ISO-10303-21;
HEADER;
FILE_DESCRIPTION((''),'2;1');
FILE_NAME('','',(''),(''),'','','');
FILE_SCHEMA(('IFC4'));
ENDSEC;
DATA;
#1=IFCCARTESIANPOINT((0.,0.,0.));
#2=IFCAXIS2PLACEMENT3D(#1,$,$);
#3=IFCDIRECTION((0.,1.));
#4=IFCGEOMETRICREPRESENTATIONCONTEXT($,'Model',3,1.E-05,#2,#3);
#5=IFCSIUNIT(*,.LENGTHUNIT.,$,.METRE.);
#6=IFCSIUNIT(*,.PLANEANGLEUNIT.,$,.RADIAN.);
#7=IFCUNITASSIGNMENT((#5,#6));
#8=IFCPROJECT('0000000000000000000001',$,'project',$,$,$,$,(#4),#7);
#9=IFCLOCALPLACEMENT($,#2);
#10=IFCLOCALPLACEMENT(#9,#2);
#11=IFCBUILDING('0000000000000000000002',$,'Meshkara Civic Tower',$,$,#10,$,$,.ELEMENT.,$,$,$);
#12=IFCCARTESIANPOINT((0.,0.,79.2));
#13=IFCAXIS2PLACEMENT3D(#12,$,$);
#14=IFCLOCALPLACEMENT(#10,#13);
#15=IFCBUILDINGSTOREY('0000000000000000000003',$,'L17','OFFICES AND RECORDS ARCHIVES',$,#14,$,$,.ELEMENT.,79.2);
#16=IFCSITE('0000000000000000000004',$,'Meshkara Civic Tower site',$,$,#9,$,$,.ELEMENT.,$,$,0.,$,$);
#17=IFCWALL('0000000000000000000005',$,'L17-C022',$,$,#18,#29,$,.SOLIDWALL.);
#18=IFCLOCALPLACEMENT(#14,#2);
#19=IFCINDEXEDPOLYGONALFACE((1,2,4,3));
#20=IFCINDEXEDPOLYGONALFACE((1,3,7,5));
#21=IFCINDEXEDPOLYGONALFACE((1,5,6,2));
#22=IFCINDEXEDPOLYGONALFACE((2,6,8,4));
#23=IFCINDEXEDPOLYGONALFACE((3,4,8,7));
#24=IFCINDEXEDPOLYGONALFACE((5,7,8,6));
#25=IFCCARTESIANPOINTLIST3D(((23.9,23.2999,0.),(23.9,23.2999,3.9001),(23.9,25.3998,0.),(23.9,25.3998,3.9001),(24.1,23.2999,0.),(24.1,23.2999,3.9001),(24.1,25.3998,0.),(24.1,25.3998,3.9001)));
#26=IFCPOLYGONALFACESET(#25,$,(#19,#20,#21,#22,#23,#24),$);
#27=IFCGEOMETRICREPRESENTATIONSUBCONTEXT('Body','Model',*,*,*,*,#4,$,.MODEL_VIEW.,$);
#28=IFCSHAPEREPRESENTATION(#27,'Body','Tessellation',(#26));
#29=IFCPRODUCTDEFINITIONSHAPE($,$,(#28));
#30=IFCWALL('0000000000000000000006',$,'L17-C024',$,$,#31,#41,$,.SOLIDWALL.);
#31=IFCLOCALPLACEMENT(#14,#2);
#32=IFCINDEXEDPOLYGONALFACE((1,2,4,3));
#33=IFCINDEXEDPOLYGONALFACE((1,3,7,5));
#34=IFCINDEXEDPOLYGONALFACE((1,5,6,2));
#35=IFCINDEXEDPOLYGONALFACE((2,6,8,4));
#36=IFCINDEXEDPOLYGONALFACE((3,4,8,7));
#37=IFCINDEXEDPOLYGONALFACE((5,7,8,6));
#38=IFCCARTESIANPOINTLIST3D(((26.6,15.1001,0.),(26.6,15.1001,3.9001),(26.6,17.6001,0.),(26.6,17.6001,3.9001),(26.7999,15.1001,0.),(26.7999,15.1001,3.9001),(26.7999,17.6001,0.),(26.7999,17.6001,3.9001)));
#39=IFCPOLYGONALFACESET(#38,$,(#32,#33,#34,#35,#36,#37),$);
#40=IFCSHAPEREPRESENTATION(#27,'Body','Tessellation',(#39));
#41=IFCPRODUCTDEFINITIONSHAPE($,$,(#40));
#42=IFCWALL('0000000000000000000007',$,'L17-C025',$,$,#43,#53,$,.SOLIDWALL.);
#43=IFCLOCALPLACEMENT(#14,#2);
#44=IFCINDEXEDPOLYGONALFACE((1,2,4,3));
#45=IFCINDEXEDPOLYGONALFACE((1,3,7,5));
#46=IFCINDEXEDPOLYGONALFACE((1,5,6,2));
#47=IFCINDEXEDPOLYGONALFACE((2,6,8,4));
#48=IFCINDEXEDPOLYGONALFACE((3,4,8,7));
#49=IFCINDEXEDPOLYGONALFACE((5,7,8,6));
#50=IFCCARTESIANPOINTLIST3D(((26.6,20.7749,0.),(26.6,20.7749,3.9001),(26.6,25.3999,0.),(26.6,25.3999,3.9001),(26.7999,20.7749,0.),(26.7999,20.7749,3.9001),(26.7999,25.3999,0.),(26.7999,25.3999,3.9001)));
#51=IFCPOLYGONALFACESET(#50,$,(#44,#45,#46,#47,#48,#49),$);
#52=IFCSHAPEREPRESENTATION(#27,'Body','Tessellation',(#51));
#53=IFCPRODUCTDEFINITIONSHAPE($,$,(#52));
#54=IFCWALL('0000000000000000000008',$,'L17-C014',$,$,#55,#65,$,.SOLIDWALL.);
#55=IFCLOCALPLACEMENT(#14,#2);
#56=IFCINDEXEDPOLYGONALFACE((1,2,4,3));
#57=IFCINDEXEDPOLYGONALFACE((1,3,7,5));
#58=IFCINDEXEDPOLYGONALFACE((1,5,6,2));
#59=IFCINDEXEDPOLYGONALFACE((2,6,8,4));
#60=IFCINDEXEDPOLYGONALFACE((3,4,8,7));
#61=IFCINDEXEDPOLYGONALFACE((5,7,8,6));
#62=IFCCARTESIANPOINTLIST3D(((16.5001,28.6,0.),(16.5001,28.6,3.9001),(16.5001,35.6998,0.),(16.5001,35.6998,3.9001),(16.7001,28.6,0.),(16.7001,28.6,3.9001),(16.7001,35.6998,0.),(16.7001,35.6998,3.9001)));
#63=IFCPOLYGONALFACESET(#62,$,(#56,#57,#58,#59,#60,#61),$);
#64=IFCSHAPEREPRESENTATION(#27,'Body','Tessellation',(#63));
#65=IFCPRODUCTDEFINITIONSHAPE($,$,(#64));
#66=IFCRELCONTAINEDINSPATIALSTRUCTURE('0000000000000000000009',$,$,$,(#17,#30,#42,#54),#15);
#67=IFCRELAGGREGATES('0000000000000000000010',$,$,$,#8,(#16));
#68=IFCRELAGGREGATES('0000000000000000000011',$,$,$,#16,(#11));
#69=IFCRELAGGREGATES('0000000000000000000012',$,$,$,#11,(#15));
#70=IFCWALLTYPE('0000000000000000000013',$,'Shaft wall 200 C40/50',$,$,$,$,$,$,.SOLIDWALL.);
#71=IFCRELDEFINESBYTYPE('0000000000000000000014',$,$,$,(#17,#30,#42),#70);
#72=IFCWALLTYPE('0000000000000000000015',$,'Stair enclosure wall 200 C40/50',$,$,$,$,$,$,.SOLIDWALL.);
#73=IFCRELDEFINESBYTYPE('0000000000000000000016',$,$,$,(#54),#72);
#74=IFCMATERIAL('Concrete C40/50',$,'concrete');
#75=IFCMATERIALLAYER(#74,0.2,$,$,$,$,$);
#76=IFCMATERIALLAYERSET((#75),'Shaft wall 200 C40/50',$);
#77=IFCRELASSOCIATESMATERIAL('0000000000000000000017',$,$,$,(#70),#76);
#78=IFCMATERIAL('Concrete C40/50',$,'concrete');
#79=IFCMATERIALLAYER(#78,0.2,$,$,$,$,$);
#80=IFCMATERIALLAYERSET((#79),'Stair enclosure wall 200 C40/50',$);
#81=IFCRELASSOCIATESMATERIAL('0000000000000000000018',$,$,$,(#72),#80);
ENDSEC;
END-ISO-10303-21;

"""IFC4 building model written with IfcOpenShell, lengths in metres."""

from ifc_helpers import new_model, si_unit, direction, frame, frame_2d, origin, place, context, subcontext, project, spatial, rectangle, extrude, material, layer, layer_set, type_object, element, save


model = new_model("IFC4")

# Units and contexts
model_context = context("Model", 3, precision=1e-05, world=origin(), true_north=direction((0.0, 1.0)))
body_context = subcontext(model_context, "Body", "Model", "MODEL_VIEW")
ifc_project = project(units=[si_unit("LENGTHUNIT", "METRE"), si_unit("PLANEANGLEUNIT", "RADIAN")], contexts=[model_context])

# Site, building, storey
site_placement = place(None, origin())
site = spatial("IfcSite", under=ifc_project, at=site_placement, Name="Meshkara Civic Tower site", CompositionType="ELEMENT", RefElevation=0.0)
building_placement = place(site_placement, origin())
building = spatial("IfcBuilding", under=site, at=building_placement, Name="Meshkara Civic Tower", CompositionType="ELEMENT")
storey_placement = place(building_placement, frame((0.0, 0.0, 79.2)))
storey = spatial("IfcBuildingStorey", under=building, at=storey_placement, Name="L17", Description="OFFICES AND RECORDS ARCHIVES", CompositionType="ELEMENT", Elevation=79.2)

# Shared definitions
ifc_material_1 = material(Name="Concrete C40/50", Category="concrete")
ifc_layer_1 = layer(ifc_material_1, 0.2)
ifc_layer_set_1 = layer_set([ifc_layer_1], Name="Shaft wall 200 C40/50")
wall_type_1 = type_object("IfcWallType", Name="Shaft wall 200 C40/50", PredefinedType="SOLIDWALL", material=ifc_layer_set_1)

# Walls
wall_1_placement = place(storey_placement, frame((24.0, 23.3, 0.0), z_axis=(0.0, 0.0, 1.0), x_axis=(0.0, 1.0, 0.0)))
element("IfcWall", 1, at=wall_1_placement, inside=storey, type_object=wall_type_1, Name="L17-C022", PredefinedType="SOLIDWALL", context=body_context, shape_type="SweptSolid", body=[
    extrude(rectangle(XDim=2.0999, YDim=0.2, at=frame_2d((1.0498, 0.0))), origin(), (0.0, 0.0, 1.0), 3.9001),
])
wall_2_placement = place(storey_placement, frame((26.7, 15.1001, 0.0), z_axis=(0.0, 0.0, 1.0), x_axis=(0.0, 1.0, 0.0)))
element("IfcWall", 2, at=wall_2_placement, inside=storey, type_object=wall_type_1, Name="L17-C024", PredefinedType="SOLIDWALL", context=body_context, shape_type="SweptSolid", body=[
    extrude(rectangle(XDim=2.5, YDim=0.2, at=frame_2d((1.25, 0.0))), origin(), (0.0, 0.0, 1.0), 3.9001),
])
wall_3_placement = place(storey_placement, frame((26.7, 20.7749, 0.0), z_axis=(0.0, 0.0, 1.0), x_axis=(0.0, 1.0, 0.0)))
element("IfcWall", 3, at=wall_3_placement, inside=storey, type_object=wall_type_1, Name="L17-C025", PredefinedType="SOLIDWALL", context=body_context, shape_type="SweptSolid", body=[
    extrude(rectangle(XDim=4.625, YDim=0.2, at=frame_2d((2.3125, 0.0))), origin(), (0.0, 0.0, 1.0), 3.9001),
])
ifc_material_2 = material(Name="Concrete C40/50", Category="concrete")
ifc_layer_2 = layer(ifc_material_2, 0.2)
ifc_layer_set_2 = layer_set([ifc_layer_2], Name="Stair enclosure wall 200 C40/50")
wall_type_2 = type_object("IfcWallType", Name="Stair enclosure wall 200 C40/50", PredefinedType="SOLIDWALL", material=ifc_layer_set_2)
wall_4_placement = place(storey_placement, frame((16.6001, 28.6001, 0.0), z_axis=(0.0, 0.0, 1.0), x_axis=(0.0, 1.0, 0.0)))
element("IfcWall", 4, at=wall_4_placement, inside=storey, type_object=wall_type_2, Name="L17-C014", PredefinedType="SOLIDWALL", context=body_context, shape_type="SweptSolid", body=[
    extrude(rectangle(XDim=7.0999, YDim=0.2, at=frame_2d((3.5498, 0.0))), origin(), (0.0, 0.0, 1.0), 3.9001),
])

save(model, "model.ifc")
